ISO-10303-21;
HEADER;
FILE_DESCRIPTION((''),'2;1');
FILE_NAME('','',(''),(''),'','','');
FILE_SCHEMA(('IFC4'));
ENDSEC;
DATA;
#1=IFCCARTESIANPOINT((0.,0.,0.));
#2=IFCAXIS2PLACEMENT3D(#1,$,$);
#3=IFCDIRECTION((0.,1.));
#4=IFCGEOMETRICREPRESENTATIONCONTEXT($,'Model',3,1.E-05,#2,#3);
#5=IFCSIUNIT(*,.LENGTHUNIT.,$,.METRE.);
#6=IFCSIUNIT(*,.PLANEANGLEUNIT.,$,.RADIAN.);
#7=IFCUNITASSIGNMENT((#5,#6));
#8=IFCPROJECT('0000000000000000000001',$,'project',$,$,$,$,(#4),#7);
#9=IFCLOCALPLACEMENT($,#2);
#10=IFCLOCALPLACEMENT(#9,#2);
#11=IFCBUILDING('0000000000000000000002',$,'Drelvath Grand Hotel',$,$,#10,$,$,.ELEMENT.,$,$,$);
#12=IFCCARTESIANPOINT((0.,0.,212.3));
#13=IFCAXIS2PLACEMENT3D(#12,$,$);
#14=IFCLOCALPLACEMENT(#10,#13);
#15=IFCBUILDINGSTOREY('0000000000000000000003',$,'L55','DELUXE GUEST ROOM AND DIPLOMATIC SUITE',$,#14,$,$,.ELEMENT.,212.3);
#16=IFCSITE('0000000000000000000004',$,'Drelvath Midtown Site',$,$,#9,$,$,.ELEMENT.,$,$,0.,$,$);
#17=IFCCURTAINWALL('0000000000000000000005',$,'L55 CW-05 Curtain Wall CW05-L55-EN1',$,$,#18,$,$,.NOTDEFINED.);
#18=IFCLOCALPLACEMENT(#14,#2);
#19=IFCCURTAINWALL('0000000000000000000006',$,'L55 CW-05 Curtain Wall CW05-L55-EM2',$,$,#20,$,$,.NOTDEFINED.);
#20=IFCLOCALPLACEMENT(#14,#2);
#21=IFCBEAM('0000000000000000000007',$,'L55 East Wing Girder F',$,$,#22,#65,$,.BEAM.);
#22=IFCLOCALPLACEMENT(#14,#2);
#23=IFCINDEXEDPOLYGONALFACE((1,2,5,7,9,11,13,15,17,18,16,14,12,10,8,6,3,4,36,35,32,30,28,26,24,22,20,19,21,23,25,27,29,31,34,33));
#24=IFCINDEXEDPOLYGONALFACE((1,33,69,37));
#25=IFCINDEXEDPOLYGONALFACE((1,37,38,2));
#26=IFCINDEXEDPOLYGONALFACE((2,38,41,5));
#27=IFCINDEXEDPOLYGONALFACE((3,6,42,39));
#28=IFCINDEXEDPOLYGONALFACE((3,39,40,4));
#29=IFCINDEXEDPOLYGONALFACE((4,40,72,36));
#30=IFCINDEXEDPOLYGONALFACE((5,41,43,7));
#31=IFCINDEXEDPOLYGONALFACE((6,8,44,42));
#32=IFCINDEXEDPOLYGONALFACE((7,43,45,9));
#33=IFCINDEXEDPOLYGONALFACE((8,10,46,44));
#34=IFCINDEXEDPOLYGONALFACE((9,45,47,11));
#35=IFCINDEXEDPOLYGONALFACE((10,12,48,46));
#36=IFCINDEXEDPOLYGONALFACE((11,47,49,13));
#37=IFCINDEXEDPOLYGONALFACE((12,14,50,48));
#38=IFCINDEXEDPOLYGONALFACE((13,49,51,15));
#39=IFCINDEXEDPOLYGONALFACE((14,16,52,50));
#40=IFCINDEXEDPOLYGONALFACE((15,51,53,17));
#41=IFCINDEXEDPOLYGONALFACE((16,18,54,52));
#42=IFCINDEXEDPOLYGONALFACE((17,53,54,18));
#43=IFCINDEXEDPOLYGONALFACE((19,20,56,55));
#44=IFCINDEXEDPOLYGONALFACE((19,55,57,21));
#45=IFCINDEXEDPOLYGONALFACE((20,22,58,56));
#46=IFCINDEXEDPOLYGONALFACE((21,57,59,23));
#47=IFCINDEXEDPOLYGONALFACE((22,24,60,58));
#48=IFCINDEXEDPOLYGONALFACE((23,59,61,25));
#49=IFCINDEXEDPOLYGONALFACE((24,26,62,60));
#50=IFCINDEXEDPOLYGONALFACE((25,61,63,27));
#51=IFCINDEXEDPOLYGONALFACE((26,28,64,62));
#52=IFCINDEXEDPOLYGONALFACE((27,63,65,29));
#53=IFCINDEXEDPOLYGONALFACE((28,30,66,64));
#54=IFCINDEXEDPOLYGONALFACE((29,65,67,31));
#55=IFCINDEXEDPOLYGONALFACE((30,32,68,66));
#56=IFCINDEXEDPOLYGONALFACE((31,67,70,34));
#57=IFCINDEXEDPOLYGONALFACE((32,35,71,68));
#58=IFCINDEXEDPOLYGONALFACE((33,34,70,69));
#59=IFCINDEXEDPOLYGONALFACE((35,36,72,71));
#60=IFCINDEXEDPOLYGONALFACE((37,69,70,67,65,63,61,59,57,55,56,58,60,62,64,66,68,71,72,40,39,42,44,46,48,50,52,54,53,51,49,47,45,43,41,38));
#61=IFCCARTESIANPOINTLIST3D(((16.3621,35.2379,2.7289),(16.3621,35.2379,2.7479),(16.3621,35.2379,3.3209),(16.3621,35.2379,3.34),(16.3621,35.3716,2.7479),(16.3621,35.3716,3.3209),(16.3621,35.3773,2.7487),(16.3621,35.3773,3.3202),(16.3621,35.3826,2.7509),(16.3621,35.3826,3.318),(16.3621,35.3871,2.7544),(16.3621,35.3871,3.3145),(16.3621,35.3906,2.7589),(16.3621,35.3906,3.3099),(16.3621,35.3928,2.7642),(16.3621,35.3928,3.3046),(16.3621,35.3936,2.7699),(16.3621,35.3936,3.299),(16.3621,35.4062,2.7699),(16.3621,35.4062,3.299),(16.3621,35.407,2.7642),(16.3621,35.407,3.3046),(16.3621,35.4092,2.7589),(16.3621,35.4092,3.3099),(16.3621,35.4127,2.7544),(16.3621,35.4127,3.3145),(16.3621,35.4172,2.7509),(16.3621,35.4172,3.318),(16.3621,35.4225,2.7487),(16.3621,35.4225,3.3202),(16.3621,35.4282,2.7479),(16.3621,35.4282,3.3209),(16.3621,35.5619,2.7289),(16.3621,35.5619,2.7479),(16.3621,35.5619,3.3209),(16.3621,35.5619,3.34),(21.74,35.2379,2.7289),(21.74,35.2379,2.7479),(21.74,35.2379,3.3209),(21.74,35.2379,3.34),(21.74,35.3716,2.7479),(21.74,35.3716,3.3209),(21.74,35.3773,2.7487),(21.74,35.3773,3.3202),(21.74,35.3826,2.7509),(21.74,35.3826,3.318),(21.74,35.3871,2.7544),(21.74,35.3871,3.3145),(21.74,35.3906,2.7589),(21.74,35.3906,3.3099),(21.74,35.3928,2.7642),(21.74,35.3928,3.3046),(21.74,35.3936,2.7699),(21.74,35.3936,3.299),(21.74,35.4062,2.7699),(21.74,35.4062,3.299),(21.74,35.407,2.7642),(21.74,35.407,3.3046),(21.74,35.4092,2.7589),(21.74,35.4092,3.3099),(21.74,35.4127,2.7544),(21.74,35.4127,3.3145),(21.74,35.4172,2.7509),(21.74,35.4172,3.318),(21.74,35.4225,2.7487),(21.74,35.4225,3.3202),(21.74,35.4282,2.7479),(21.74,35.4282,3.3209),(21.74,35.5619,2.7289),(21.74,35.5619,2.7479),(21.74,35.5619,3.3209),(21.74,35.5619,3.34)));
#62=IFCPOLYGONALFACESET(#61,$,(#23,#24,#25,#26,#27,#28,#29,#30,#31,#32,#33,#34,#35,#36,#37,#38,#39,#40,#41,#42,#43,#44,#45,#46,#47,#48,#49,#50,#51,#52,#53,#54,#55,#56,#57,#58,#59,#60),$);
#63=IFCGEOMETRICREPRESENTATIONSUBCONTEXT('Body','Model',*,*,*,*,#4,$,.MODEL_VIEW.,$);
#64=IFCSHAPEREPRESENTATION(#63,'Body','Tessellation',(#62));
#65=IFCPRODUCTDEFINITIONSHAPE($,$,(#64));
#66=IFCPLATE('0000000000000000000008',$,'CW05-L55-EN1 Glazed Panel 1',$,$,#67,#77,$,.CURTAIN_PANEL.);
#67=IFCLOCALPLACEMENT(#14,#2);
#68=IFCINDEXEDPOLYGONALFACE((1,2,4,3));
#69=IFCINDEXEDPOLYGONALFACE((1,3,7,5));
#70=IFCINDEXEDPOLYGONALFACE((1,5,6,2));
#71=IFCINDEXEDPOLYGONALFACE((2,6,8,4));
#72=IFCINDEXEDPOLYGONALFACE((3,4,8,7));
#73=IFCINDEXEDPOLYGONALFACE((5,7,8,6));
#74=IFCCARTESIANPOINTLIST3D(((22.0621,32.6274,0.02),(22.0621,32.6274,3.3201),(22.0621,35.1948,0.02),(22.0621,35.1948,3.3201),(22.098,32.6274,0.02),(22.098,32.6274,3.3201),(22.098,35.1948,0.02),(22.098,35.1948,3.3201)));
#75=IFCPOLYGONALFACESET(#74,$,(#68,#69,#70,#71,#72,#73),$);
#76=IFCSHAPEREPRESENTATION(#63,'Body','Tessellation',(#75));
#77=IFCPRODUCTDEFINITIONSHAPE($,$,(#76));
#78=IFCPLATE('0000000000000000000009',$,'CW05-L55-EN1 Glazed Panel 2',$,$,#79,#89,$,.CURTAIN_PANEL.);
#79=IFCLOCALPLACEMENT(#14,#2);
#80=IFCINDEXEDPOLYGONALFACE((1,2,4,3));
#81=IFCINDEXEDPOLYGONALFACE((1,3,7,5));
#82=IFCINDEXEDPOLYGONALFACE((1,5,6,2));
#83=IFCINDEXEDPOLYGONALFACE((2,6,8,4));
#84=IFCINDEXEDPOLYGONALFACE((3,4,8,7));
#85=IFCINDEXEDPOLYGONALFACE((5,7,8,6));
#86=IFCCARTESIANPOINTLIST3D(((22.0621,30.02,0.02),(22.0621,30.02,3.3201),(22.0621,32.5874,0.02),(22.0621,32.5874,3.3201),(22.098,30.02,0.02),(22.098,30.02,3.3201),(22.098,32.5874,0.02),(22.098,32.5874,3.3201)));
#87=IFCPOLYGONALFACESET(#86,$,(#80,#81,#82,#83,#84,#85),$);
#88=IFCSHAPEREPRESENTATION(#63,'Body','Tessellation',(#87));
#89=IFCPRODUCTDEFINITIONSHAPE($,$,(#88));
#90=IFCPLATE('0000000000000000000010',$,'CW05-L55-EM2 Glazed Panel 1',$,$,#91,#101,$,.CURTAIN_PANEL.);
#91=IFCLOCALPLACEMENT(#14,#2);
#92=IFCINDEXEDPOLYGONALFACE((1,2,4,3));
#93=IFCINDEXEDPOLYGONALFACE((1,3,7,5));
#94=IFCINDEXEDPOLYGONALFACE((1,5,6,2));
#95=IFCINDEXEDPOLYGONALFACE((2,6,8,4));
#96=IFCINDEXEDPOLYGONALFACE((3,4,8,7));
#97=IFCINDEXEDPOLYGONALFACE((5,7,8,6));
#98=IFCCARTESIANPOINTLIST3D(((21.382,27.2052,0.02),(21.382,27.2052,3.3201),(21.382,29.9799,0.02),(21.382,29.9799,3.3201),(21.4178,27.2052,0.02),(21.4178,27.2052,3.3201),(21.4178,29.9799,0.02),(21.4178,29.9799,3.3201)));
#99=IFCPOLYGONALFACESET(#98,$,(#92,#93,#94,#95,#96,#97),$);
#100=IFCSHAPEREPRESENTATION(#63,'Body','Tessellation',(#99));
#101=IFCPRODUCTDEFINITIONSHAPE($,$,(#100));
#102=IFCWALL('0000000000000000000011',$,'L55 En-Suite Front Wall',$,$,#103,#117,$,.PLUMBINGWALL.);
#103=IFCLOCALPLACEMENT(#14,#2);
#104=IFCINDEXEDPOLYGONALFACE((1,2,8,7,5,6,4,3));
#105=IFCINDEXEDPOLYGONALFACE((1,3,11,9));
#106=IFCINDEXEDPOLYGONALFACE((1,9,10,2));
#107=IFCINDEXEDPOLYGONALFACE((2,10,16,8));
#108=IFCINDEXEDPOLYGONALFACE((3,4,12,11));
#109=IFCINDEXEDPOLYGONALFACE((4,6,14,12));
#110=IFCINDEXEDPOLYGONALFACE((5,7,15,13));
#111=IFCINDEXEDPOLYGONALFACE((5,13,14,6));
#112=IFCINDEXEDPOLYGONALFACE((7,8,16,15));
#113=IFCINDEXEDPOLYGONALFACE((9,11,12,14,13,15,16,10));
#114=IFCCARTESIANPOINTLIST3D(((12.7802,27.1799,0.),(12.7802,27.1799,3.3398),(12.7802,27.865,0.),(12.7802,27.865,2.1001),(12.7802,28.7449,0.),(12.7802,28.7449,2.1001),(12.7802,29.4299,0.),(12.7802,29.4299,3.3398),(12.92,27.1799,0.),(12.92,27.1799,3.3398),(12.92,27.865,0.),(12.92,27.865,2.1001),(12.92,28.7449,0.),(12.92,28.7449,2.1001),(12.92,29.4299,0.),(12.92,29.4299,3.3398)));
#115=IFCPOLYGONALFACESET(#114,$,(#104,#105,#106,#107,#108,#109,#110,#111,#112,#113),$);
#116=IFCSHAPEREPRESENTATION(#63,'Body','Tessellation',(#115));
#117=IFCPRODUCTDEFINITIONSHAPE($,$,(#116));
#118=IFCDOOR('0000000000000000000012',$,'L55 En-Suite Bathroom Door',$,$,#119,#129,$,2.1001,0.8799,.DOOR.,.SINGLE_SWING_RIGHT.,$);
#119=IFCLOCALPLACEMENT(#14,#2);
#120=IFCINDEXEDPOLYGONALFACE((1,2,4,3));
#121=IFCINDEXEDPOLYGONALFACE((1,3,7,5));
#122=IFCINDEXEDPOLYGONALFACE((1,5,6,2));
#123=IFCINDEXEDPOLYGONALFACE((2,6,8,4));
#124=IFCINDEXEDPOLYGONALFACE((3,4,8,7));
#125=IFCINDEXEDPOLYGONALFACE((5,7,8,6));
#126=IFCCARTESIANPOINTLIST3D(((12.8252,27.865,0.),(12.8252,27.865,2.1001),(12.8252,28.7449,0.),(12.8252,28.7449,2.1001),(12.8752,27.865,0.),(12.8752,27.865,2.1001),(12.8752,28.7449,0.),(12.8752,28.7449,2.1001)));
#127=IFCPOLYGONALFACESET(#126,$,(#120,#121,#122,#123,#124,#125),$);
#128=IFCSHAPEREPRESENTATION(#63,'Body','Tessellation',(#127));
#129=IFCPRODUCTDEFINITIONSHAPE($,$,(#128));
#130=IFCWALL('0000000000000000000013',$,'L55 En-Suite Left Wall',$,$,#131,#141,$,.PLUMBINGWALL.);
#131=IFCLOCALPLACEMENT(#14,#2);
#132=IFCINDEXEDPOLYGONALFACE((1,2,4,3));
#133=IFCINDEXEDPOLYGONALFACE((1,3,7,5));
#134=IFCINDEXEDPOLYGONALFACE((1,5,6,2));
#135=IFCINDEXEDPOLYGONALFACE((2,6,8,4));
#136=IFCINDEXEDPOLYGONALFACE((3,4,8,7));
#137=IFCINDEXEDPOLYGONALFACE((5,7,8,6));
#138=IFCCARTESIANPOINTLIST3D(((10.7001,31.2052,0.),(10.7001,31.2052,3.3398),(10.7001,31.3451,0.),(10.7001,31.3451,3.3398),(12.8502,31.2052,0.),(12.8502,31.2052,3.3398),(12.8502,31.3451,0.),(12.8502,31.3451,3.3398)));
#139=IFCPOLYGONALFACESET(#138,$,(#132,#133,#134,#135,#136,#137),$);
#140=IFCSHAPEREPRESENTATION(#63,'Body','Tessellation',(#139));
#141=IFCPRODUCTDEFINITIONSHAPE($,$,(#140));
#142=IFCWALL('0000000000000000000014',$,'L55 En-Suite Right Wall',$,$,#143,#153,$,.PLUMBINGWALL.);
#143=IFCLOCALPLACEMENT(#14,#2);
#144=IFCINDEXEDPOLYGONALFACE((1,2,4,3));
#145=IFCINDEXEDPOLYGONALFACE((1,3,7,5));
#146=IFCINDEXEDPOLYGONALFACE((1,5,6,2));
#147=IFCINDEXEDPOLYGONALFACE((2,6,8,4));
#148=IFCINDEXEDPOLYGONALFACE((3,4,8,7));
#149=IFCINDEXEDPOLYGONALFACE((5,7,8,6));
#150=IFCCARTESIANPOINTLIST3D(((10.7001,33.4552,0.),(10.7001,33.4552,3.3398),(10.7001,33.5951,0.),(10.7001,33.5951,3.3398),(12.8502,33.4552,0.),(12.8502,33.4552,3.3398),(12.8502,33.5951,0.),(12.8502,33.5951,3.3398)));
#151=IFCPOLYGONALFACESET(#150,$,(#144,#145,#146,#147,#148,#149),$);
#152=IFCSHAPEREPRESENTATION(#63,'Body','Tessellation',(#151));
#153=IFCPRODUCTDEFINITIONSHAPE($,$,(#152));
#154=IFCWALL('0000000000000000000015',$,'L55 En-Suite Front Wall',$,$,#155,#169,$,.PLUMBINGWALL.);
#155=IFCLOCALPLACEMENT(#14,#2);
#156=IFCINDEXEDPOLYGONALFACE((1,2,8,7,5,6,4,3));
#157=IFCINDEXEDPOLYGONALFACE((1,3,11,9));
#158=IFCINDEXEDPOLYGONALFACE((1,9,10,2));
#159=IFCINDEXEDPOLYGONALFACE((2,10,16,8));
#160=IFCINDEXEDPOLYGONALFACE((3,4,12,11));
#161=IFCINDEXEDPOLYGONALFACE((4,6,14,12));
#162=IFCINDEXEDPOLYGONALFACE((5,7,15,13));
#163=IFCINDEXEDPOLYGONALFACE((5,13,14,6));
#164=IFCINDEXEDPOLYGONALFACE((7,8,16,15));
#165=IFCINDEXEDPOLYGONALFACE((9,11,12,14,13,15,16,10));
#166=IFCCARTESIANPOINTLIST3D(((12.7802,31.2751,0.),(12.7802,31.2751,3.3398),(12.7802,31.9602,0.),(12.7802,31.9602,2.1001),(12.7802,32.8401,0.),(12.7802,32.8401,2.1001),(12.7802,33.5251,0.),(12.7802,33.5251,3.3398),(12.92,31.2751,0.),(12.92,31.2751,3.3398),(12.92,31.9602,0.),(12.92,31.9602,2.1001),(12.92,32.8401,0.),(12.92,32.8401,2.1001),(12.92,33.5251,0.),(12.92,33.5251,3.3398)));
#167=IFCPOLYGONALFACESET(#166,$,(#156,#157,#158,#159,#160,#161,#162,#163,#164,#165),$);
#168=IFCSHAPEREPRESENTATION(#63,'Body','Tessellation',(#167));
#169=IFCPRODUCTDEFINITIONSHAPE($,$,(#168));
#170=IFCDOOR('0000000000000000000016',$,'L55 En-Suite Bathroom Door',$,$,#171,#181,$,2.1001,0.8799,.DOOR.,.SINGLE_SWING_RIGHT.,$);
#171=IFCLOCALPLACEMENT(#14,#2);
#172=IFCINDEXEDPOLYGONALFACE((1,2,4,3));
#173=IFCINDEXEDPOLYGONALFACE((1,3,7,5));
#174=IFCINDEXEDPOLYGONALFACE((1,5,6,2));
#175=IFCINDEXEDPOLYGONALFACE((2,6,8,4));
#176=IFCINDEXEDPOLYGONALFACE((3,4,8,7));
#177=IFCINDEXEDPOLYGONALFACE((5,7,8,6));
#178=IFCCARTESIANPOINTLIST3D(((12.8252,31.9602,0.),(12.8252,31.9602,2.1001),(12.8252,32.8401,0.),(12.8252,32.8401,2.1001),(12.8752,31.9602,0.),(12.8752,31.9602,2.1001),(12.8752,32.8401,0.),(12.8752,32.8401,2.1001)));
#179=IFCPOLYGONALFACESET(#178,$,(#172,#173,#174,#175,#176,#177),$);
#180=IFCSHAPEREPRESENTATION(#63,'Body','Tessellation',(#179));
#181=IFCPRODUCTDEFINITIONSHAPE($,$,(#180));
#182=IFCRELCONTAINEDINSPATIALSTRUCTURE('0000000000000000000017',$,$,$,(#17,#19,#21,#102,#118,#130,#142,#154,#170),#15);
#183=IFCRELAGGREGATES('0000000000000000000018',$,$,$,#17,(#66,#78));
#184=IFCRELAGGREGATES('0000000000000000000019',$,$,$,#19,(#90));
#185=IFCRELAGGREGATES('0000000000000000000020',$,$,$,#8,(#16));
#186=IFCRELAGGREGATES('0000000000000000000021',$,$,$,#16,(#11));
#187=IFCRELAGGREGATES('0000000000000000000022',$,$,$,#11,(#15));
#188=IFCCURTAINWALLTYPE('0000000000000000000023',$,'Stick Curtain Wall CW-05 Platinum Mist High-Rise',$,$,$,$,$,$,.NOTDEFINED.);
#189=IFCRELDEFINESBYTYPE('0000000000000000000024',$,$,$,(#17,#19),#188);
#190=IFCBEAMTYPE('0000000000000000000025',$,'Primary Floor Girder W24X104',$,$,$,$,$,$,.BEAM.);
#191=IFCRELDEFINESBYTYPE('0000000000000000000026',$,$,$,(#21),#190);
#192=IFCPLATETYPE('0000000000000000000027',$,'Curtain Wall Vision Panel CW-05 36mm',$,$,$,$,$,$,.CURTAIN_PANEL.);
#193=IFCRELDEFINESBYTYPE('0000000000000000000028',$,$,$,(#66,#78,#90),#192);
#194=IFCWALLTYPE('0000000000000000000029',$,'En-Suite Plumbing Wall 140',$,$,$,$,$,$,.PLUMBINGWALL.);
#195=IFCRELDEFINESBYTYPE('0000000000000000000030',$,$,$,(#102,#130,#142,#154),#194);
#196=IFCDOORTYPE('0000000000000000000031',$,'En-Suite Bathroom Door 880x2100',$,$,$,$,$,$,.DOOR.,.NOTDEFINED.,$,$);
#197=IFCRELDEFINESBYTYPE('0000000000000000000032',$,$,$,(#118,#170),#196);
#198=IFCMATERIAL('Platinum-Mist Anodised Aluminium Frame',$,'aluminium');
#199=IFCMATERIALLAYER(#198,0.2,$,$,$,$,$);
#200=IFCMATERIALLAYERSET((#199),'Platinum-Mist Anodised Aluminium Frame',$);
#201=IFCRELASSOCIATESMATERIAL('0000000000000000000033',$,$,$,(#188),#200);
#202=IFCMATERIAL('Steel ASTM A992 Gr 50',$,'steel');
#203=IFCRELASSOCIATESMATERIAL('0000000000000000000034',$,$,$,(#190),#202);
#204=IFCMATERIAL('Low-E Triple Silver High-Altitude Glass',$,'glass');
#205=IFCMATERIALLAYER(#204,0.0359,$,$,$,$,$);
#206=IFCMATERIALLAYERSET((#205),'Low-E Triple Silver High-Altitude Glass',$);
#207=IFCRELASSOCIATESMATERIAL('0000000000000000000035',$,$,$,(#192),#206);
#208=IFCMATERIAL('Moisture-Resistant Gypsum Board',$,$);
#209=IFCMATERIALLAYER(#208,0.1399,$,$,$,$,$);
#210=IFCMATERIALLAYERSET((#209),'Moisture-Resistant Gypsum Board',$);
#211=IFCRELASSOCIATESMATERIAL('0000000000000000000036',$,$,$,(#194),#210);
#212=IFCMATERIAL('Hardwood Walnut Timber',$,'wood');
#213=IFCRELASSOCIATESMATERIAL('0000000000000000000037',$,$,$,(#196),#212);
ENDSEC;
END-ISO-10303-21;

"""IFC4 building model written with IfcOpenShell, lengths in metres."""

from ifc_helpers import new_model, si_unit, direction, frame, frame_2d, origin, origin_2d, place, context, subcontext, project, spatial, rectangle, i_section, extrude, material, layer, layer_set, material_profile, profile_set, type_object, element, fill, aggregate, save


model = new_model("IFC4")

# Units and contexts
model_context = context("Model", 3, precision=1e-05, world=origin(), true_north=direction((0.0, 1.0)))
body_context = subcontext(model_context, "Body", "Model", "MODEL_VIEW")
ifc_project = project(units=[si_unit("LENGTHUNIT", "METRE"), si_unit("PLANEANGLEUNIT", "RADIAN")], contexts=[model_context])

# Site, building, storey
site_placement = place(None, origin())
site = spatial("IfcSite", under=ifc_project, at=site_placement, Name="Drelvath Midtown Site", CompositionType="ELEMENT", RefElevation=0.0)
building_placement = place(site_placement, origin())
building = spatial("IfcBuilding", under=site, at=building_placement, Name="Drelvath Grand Hotel", CompositionType="ELEMENT")
storey_placement = place(building_placement, frame((0.0, 0.0, 212.3)))
storey = spatial("IfcBuildingStorey", under=building, at=storey_placement, Name="L55", Description="DELUXE GUEST ROOM AND DIPLOMATIC SUITE", CompositionType="ELEMENT", Elevation=212.3)

# Curtain walls
ifc_material_1 = material(Name="Platinum-Mist Anodised Aluminium Frame", Category="aluminium")
ifc_layer_1 = layer(ifc_material_1, 0.2)
ifc_layer_set_1 = layer_set([ifc_layer_1], Name="Platinum-Mist Anodised Aluminium Frame")
curtain_wall_type = type_object("IfcCurtainWallType", Name="Stick Curtain Wall CW-05 Platinum Mist High-Rise", PredefinedType="NOTDEFINED", material=ifc_layer_set_1)
curtain_wall_1_placement = place(storey_placement, origin())
curtain_wall_1 = element("IfcCurtainWall", 1, at=curtain_wall_1_placement, inside=storey, type_object=curtain_wall_type, Name="L55 CW-05 Curtain Wall CW05-L55-EN1", PredefinedType="NOTDEFINED")
curtain_wall_2_placement = place(storey_placement, origin())
curtain_wall_2 = element("IfcCurtainWall", 2, at=curtain_wall_2_placement, inside=storey, type_object=curtain_wall_type, Name="L55 CW-05 Curtain Wall CW05-L55-EM2", PredefinedType="NOTDEFINED")

# Beam
ifc_material_2 = material(Name="Steel ASTM A992 Gr 50", Category="steel")
ifc_material_profile_1 = material_profile(ifc_material_2, i_section(OverallWidth=0.324, OverallDepth=0.6111, WebThickness=0.0127, FlangeThickness=0.019, FilletRadius=0.022, at=origin_2d()), Name="W24X104")
ifc_profile_set_1 = profile_set([ifc_material_profile_1], Name="Steel ASTM A992 Gr 50")
beam_type_1 = type_object("IfcBeamType", Name="Primary Floor Girder W24X104", PredefinedType="BEAM", material=ifc_profile_set_1)
beam_1_placement = place(storey_placement, frame((16.3621, 35.3999, 3.0344), z_axis=(1.0, 0.0, 0.0), x_axis=(0.0, 1.0, 0.0)))
element("IfcBeam", 3, at=beam_1_placement, inside=storey, type_object=beam_type_1, Name="L55 East Wing Girder F", PredefinedType="BEAM", context=body_context, shape_type="SweptSolid", body=[
    extrude(i_section(OverallWidth=0.324, OverallDepth=0.6111, WebThickness=0.0127, FlangeThickness=0.019, FilletRadius=0.022, at=origin_2d()), origin(), (0.0, 0.0, 1.0), 5.3779),
])

# Plates
ifc_material_3 = material(Name="Low-E Triple Silver High-Altitude Glass", Category="glass")
ifc_layer_2 = layer(ifc_material_3, 0.0359)
ifc_layer_set_2 = layer_set([ifc_layer_2], Name="Low-E Triple Silver High-Altitude Glass")
plate_type = type_object("IfcPlateType", Name="Curtain Wall Vision Panel CW-05 36mm", PredefinedType="CURTAIN_PANEL", material=ifc_layer_set_2)
plate_1_placement = place(storey_placement, frame((22.0801, 33.9111, 0.02), z_axis=(0.0, 0.0, 1.0), x_axis=(0.0, -1.0, 0.0)))
plate_1 = element("IfcPlate", 4, at=plate_1_placement, type_object=plate_type, Name="CW05-L55-EN1 Glazed Panel 1", PredefinedType="CURTAIN_PANEL", context=body_context, shape_type="SweptSolid", body=[
    extrude(rectangle(XDim=2.5674, YDim=0.0359, at=origin_2d()), origin(), (0.0, 0.0, 1.0), 3.3),
])
plate_2_placement = place(storey_placement, frame((22.0801, 31.3037, 0.02), z_axis=(0.0, 0.0, 1.0), x_axis=(0.0, -1.0, 0.0)))
plate_2 = element("IfcPlate", 5, at=plate_2_placement, type_object=plate_type, Name="CW05-L55-EN1 Glazed Panel 2", PredefinedType="CURTAIN_PANEL", context=body_context, shape_type="SweptSolid", body=[
    extrude(rectangle(XDim=2.5674, YDim=0.0359, at=origin_2d()), origin(), (0.0, 0.0, 1.0), 3.3),
])
aggregate(curtain_wall_1, [plate_1, plate_2])
plate_3_placement = place(storey_placement, frame((21.3999, 28.5925, 0.02), z_axis=(0.0, 0.0, 1.0), x_axis=(0.0, -1.0, 0.0)))
plate_3 = element("IfcPlate", 6, at=plate_3_placement, type_object=plate_type, Name="CW05-L55-EM2 Glazed Panel 1", PredefinedType="CURTAIN_PANEL", context=body_context, shape_type="SweptSolid", body=[
    extrude(rectangle(XDim=2.7747, YDim=0.0359, at=origin_2d()), origin(), (0.0, 0.0, 1.0), 3.3),
])
aggregate(curtain_wall_2, [plate_3])

# Wall, opening, door
ifc_material_4 = material(Name="Moisture-Resistant Gypsum Board")
ifc_layer_3 = layer(ifc_material_4, 0.1399)
ifc_layer_set_3 = layer_set([ifc_layer_3], Name="Moisture-Resistant Gypsum Board")
wall_type_1 = type_object("IfcWallType", Name="En-Suite Plumbing Wall 140", PredefinedType="PLUMBINGWALL", material=ifc_layer_set_3)
wall_1_placement = place(storey_placement, frame((12.8501, 27.1799, 0.0), z_axis=(0.0, 0.0, 1.0), x_axis=(0.0, 1.0, 0.0)))
wall_1 = element("IfcWall", 7, at=wall_1_placement, inside=storey, type_object=wall_type_1, Name="L55 En-Suite Front Wall", PredefinedType="PLUMBINGWALL", context=body_context, shape_type="SweptSolid", body=[
    extrude(rectangle(XDim=2.25, YDim=0.1399, at=frame_2d((1.125, 0.0))), origin(), (0.0, 0.0, 1.0), 3.3398),
])
opening_1_placement = place(wall_1_placement, frame((0.6851, 0.0, 0.0)))
opening_1 = element("IfcOpeningElement", 8, at=opening_1_placement, cuts=wall_1, PredefinedType="OPENING", context=body_context, shape_type="SweptSolid", body=[
    extrude(rectangle(XDim=0.8799, YDim=2.1001, at=frame_2d((0.4399, 1.05))), frame((0.0, 0.0798, 0.0), z_axis=(0.0, -1.0, 0.0), x_axis=(1.0, 0.0, 0.0)), (0.0, 0.0, 1.0), 0.1599),
])
ifc_material_5 = material(Name="Hardwood Walnut Timber", Category="wood")
door_type = type_object("IfcDoorType", Name="En-Suite Bathroom Door 880x2100", OperationType="NOTDEFINED", PredefinedType="DOOR", material=ifc_material_5)
door_1_placement = place(opening_1_placement, origin())
door_1 = element("IfcDoor", 9, at=door_1_placement, inside=storey, type_object=door_type, Name="L55 En-Suite Bathroom Door", OperationType="SINGLE_SWING_RIGHT", OverallHeight=2.1001, OverallWidth=0.8799, PredefinedType="DOOR", context=body_context, shape_type="SweptSolid", body=[
    extrude(rectangle(XDim=0.8799, YDim=2.1001, at=frame_2d((0.4399, 1.05))), frame((0.0, 0.0249, 0.0), z_axis=(0.0, -1.0, 0.0), x_axis=(1.0, 0.0, 0.0)), (0.0, 0.0, 1.0), 0.05),
])
fill(opening_1, door_1)

# Walls
for number, where, z_axis, x_axis, name in (
    (10, (10.7, 31.2751, 0.0), (0.0, 0.0, 1.0), (1.0, 0.0, 0.0), "L55 En-Suite Left Wall"),
    (11, (10.7, 33.5251, 0.0), (0.0, 0.0, 1.0), (1.0, 0.0, 0.0), "L55 En-Suite Right Wall"),
):
    element("IfcWall", number, at=place(storey_placement, frame(where, z_axis=z_axis, x_axis=x_axis)), inside=storey, type_object=wall_type_1, Name=name, PredefinedType="PLUMBINGWALL", context=body_context, shape_type="SweptSolid", body=[
        extrude(rectangle(XDim=2.1501, YDim=0.1399, at=frame_2d((1.0752, 0.0))), origin(), (0.0, 0.0, 1.0), 3.3398),
    ])

# Wall, opening, door
wall_2_placement = place(storey_placement, frame((12.8501, 31.2751, 0.0), z_axis=(0.0, 0.0, 1.0), x_axis=(0.0, 1.0, 0.0)))
wall_2 = element("IfcWall", 12, at=wall_2_placement, inside=storey, type_object=wall_type_1, Name="L55 En-Suite Front Wall", PredefinedType="PLUMBINGWALL", context=body_context, shape_type="SweptSolid", body=[
    extrude(rectangle(XDim=2.25, YDim=0.1399, at=frame_2d((1.125, 0.0))), origin(), (0.0, 0.0, 1.0), 3.3398),
])
opening_2_placement = place(wall_2_placement, frame((0.6851, 0.0, 0.0)))
opening_2 = element("IfcOpeningElement", 13, at=opening_2_placement, cuts=wall_2, PredefinedType="OPENING", context=body_context, shape_type="SweptSolid", body=[
    extrude(rectangle(XDim=0.8799, YDim=2.1001, at=frame_2d((0.4399, 1.05))), frame((0.0, 0.0798, 0.0), z_axis=(0.0, -1.0, 0.0), x_axis=(1.0, 0.0, 0.0)), (0.0, 0.0, 1.0), 0.1599),
])
door_2_placement = place(opening_2_placement, origin())
door_2 = element("IfcDoor", 14, at=door_2_placement, inside=storey, type_object=door_type, Name="L55 En-Suite Bathroom Door", OperationType="SINGLE_SWING_RIGHT", OverallHeight=2.1001, OverallWidth=0.8799, PredefinedType="DOOR", context=body_context, shape_type="SweptSolid", body=[
    extrude(rectangle(XDim=0.8799, YDim=2.1001, at=frame_2d((0.4399, 1.05))), frame((0.0, 0.0249, 0.0), z_axis=(0.0, -1.0, 0.0), x_axis=(1.0, 0.0, 0.0)), (0.0, 0.0, 1.0), 0.05),
])
fill(opening_2, door_2)

save(model, "model.ifc")
